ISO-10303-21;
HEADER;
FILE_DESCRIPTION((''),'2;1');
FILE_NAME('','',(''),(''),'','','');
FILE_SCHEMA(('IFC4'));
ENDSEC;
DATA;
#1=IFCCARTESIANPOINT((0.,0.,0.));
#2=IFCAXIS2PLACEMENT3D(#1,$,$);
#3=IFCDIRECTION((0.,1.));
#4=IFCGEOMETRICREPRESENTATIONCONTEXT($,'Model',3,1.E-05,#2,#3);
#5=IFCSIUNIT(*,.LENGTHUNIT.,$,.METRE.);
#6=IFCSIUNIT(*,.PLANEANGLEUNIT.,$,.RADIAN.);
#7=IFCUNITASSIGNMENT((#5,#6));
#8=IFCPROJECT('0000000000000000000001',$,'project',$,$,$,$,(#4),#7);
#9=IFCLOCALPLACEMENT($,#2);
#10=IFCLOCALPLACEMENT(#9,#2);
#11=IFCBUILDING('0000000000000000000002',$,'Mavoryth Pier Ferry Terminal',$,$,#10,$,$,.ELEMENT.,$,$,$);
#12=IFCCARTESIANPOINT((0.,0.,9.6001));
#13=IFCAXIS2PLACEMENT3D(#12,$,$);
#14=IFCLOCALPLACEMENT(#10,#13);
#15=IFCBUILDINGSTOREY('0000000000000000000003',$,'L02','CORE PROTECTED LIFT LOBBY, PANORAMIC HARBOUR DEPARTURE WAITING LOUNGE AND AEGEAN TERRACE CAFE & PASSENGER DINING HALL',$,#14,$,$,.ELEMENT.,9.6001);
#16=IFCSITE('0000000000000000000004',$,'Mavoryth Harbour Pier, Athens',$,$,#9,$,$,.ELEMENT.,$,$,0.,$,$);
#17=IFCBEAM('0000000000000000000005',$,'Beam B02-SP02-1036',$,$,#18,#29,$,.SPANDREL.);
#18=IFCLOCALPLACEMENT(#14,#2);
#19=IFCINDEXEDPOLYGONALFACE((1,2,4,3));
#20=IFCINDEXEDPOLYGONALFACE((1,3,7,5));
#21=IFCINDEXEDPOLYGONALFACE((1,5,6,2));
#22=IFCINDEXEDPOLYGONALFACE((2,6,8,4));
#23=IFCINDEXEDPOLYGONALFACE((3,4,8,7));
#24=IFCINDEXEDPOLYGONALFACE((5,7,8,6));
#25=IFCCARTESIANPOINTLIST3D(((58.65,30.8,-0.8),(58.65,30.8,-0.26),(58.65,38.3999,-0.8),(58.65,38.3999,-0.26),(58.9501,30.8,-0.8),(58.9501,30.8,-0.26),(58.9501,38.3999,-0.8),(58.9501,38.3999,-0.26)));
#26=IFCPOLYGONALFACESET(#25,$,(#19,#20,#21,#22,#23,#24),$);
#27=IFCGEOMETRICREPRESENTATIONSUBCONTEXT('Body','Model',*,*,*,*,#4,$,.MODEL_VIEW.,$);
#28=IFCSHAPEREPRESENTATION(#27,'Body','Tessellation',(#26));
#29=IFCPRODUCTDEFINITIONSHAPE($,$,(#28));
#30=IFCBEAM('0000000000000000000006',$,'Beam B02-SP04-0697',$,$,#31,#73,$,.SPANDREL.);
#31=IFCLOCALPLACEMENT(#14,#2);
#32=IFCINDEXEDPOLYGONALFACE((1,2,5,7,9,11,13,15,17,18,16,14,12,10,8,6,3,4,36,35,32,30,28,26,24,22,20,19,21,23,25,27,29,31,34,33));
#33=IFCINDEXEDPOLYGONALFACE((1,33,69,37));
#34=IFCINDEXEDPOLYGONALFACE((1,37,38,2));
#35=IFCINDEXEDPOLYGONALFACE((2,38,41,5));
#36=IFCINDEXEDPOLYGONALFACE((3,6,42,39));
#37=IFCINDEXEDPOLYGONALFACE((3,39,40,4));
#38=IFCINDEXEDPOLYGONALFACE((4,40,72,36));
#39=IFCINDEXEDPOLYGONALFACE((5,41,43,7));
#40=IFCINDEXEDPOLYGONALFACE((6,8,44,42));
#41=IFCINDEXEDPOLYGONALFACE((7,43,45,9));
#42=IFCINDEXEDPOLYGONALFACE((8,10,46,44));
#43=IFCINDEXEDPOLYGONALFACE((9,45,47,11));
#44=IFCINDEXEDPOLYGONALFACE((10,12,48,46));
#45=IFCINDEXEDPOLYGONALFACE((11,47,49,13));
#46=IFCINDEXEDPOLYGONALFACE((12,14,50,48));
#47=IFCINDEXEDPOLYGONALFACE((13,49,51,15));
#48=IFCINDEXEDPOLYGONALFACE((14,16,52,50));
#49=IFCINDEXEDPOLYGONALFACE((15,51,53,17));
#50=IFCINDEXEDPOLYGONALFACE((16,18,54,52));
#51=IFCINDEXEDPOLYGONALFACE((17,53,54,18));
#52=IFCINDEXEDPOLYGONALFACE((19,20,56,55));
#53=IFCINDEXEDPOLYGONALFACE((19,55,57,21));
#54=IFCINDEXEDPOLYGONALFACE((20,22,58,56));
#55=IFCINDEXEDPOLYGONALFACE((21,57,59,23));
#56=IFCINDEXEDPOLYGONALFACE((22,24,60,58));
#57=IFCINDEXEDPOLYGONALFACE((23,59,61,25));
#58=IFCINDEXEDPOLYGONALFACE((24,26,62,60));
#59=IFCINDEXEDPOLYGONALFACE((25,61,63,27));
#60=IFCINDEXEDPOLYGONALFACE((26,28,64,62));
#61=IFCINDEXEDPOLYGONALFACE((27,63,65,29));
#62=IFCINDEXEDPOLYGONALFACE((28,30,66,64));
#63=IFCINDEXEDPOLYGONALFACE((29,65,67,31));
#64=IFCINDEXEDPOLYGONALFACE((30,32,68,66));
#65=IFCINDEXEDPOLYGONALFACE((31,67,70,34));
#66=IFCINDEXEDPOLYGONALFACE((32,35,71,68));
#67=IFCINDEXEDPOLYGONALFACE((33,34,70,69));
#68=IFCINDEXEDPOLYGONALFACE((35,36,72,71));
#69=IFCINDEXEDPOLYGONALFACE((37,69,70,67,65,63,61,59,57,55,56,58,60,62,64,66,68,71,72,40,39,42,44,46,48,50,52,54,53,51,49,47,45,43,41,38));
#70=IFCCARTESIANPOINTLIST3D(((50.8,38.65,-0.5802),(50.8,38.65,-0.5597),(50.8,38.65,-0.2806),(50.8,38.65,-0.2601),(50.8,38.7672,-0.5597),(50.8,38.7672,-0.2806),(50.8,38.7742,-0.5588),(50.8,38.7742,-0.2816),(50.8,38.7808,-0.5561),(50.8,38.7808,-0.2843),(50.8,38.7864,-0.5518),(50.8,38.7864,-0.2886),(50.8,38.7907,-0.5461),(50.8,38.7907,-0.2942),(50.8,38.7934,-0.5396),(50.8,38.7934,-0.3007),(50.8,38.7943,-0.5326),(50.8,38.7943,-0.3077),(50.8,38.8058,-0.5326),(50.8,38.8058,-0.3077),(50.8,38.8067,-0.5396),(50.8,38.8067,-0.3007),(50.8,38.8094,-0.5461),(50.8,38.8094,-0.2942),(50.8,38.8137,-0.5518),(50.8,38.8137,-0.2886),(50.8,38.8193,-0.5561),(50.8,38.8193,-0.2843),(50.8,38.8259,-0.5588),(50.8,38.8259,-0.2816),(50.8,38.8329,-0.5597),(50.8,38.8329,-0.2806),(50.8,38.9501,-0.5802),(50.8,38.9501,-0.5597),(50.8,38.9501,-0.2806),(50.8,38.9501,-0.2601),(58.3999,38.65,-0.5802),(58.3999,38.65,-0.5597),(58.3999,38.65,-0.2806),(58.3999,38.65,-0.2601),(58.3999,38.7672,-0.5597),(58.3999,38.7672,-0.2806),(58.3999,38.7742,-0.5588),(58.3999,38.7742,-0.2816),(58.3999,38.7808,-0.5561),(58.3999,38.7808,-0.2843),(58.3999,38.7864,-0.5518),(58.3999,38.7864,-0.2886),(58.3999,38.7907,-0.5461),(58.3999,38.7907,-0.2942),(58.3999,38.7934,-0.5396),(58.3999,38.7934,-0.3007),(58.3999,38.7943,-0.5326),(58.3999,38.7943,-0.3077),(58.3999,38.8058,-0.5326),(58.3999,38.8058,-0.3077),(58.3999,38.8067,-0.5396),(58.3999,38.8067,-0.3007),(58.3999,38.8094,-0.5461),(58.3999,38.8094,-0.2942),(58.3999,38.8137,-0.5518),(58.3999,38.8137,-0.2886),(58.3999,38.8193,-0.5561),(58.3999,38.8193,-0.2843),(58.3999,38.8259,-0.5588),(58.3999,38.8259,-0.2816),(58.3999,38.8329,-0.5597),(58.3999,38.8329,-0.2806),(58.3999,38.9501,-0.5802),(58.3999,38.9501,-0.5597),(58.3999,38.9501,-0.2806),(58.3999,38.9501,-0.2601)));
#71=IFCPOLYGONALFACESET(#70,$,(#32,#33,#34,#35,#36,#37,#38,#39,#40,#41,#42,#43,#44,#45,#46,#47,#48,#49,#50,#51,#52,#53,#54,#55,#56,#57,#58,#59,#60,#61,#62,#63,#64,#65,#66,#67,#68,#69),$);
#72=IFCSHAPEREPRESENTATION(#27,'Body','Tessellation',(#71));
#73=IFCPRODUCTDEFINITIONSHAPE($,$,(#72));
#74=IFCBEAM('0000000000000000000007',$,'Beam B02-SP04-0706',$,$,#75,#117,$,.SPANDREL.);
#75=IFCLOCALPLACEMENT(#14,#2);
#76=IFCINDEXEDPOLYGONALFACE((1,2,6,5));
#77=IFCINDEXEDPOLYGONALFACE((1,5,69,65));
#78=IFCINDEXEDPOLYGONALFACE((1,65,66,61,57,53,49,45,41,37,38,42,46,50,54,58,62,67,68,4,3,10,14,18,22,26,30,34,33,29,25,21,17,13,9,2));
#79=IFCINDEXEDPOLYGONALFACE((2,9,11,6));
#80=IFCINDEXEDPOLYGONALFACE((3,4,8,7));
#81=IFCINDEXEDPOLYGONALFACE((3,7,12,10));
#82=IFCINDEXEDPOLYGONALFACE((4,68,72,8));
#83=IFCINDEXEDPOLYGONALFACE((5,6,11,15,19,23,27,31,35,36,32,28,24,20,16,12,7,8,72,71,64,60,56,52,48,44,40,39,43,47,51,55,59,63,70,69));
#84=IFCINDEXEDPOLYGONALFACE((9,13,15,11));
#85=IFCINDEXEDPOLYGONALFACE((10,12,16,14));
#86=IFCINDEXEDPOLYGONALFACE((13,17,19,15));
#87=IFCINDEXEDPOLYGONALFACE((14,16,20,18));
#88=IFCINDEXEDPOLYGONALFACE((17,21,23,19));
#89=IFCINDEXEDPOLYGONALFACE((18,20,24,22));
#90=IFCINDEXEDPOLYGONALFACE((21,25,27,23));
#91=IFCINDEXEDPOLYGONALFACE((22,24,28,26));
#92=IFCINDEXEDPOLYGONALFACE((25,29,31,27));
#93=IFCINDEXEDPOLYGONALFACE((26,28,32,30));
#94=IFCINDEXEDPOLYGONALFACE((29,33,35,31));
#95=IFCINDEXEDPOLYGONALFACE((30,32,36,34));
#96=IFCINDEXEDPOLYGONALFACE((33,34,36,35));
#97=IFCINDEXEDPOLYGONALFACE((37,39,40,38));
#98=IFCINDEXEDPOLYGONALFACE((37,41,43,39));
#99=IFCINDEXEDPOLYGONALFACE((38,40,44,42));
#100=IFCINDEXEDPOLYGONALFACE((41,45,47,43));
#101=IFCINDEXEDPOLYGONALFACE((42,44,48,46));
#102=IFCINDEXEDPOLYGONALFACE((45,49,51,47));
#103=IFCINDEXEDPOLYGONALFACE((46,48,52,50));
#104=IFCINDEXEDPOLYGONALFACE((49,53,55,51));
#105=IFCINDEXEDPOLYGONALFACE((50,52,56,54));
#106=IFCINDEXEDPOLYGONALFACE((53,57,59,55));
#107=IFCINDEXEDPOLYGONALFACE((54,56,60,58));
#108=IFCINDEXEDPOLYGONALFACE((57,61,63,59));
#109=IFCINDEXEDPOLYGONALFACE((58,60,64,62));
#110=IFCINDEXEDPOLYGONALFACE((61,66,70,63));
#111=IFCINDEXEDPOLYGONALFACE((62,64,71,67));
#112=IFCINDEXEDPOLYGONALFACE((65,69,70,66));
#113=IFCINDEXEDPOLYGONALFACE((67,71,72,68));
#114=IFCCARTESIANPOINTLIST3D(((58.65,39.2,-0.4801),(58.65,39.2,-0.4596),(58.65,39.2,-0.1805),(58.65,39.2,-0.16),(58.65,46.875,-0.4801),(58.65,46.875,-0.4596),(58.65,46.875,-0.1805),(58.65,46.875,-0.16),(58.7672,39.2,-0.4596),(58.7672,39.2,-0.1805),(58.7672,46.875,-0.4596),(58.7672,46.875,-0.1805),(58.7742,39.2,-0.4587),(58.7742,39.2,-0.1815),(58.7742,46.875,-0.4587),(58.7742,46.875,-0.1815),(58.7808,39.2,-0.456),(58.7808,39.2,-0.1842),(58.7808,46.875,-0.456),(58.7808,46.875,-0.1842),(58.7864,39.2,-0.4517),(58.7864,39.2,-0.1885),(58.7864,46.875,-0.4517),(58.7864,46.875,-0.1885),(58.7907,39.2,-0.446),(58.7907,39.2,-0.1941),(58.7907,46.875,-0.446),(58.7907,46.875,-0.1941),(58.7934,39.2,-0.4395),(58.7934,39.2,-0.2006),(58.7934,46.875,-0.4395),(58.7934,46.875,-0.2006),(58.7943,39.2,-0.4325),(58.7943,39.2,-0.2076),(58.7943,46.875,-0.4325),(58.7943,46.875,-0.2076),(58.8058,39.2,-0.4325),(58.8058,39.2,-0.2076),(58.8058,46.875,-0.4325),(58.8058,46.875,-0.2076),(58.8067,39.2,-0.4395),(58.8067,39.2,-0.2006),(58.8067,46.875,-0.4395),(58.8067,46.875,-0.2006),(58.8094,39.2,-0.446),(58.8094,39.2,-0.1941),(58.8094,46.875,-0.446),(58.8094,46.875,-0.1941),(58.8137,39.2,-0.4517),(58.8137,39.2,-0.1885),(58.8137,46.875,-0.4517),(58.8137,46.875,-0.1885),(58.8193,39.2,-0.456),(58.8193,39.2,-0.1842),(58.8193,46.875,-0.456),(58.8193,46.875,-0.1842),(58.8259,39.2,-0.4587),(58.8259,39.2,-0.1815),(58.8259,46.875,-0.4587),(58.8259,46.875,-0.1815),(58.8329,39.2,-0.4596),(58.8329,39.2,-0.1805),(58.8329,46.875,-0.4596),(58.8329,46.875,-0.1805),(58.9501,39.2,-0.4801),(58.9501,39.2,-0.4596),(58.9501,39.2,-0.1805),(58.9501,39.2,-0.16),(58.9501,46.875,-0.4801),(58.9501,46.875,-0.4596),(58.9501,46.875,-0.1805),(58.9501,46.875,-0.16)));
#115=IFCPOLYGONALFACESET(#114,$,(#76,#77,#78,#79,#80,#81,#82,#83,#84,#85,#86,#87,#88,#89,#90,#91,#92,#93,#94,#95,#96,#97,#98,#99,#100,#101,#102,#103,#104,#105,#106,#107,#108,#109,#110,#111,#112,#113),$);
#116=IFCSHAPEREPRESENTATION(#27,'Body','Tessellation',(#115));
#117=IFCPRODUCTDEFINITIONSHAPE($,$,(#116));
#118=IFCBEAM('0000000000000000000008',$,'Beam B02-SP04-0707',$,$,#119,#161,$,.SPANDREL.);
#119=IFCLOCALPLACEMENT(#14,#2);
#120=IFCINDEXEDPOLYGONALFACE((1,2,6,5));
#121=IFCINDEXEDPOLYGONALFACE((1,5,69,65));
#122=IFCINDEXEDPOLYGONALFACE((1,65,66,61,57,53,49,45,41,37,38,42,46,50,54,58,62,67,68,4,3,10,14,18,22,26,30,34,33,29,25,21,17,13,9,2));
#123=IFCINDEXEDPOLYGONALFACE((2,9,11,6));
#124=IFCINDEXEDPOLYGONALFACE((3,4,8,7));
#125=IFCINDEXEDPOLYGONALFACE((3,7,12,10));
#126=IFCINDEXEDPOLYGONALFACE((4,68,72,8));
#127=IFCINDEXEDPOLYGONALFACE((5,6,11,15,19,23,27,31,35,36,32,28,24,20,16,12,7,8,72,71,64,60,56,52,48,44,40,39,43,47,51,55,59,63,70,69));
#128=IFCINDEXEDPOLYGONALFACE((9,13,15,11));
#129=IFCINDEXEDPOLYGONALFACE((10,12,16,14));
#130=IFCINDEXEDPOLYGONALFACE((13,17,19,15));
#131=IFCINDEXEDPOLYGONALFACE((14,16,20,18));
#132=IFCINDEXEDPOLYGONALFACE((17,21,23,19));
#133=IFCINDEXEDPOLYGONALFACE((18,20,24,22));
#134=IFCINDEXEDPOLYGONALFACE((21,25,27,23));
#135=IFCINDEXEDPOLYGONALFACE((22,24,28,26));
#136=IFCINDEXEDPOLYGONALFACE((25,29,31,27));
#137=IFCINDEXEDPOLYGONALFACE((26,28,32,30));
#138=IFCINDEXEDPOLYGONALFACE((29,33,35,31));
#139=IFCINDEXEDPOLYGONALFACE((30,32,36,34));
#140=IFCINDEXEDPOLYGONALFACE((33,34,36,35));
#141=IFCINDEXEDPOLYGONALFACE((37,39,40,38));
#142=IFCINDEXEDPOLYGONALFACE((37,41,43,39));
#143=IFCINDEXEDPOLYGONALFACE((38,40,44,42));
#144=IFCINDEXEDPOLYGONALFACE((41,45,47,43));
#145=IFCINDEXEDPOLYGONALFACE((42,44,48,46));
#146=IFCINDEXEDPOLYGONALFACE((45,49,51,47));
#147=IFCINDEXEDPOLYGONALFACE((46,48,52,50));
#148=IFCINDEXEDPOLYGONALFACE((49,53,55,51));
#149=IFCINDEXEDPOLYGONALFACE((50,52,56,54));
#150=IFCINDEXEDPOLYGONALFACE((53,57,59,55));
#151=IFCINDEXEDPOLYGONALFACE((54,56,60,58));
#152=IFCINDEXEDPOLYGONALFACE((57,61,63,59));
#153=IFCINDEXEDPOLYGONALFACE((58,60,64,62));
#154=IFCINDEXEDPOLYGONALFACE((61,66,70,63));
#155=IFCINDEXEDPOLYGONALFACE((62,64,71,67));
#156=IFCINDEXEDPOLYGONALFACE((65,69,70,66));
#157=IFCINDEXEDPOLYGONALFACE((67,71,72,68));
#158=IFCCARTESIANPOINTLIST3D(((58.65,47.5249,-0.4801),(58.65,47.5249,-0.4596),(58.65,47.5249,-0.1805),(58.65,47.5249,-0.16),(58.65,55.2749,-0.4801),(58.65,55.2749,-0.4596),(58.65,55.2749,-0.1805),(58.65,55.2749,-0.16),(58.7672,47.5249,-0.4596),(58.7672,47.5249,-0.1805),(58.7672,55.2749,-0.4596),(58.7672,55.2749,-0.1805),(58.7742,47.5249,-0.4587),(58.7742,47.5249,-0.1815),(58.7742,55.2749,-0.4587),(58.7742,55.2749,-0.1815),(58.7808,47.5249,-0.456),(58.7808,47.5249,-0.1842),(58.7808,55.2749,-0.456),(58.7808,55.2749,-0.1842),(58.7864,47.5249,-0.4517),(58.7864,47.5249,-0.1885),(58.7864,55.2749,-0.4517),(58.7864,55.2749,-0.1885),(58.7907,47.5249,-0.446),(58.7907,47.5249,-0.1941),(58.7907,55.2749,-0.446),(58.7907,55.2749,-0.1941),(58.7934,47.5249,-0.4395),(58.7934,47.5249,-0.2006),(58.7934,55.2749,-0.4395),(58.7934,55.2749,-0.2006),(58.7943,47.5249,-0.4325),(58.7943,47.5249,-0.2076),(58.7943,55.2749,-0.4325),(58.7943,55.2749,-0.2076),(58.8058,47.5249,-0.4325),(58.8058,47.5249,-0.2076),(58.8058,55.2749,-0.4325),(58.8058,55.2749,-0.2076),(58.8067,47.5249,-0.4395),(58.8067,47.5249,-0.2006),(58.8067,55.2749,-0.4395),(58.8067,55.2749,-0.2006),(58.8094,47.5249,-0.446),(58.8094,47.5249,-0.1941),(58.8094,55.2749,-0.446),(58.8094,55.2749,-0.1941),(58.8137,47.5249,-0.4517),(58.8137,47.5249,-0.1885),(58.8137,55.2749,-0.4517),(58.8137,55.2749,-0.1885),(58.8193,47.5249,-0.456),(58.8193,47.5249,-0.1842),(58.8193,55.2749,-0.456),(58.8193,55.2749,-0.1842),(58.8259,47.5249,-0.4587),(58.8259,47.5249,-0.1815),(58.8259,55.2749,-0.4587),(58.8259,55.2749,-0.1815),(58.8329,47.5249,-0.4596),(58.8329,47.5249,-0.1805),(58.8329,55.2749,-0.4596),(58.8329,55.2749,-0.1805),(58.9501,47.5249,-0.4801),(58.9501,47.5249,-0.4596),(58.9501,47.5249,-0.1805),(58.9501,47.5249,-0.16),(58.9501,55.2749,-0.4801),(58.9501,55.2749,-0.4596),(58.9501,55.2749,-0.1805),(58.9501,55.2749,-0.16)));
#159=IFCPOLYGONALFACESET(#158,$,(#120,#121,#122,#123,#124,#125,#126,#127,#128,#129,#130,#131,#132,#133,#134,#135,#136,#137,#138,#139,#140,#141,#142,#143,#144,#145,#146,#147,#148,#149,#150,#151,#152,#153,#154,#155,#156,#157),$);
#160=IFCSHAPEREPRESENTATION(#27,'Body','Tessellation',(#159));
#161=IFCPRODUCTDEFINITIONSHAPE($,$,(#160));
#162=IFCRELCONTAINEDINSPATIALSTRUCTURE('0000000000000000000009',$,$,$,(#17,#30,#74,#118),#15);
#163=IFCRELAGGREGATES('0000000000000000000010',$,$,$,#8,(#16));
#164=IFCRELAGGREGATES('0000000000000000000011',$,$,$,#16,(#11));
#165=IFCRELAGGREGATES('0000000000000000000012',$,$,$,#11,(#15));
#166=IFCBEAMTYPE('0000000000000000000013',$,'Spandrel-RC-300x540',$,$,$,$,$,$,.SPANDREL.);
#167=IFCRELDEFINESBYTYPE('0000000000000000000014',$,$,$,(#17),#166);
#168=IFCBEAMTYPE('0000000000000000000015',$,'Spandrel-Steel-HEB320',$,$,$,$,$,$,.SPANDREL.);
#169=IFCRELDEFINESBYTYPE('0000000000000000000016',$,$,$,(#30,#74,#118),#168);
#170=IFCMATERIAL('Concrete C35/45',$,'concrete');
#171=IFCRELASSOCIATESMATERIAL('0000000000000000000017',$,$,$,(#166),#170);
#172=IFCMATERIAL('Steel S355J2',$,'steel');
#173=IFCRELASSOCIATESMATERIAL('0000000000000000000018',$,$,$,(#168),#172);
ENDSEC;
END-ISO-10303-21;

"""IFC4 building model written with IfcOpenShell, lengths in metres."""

from ifc_helpers import new_model, si_unit, direction, frame, origin, origin_2d, place, context, subcontext, project, spatial, rectangle, i_section, extrude, material, material_profile, profile_set, type_object, element, save


model = new_model("IFC4")

# Units and contexts
model_context = context("Model", 3, precision=1e-05, world=origin(), true_north=direction((0.0, 1.0)))
body_context = subcontext(model_context, "Body", "Model", "MODEL_VIEW")
ifc_project = project(units=[si_unit("LENGTHUNIT", "METRE"), si_unit("PLANEANGLEUNIT", "RADIAN")], contexts=[model_context])

# Site, building, storey
site_placement = place(None, origin())
site = spatial("IfcSite", under=ifc_project, at=site_placement, Name="Mavoryth Harbour Pier, Athens", CompositionType="ELEMENT", RefElevation=0.0)
building_placement = place(site_placement, origin())
building = spatial("IfcBuilding", under=site, at=building_placement, Name="Mavoryth Pier Ferry Terminal", CompositionType="ELEMENT")
storey_placement = place(building_placement, frame((0.0, 0.0, 9.6001)))
storey = spatial("IfcBuildingStorey", under=building, at=storey_placement, Name="L02", Description="CORE PROTECTED LIFT LOBBY, PANORAMIC HARBOUR DEPARTURE WAITING LOUNGE AND AEGEAN TERRACE CAFE & PASSENGER DINING HALL", CompositionType="ELEMENT", Elevation=9.6001)

# Beams
ifc_material_1 = material(Name="Steel S355J2", Category="steel")
ifc_material_2 = material(Name="Concrete C35/45", Category="concrete")
ifc_material_profile_1 = material_profile(ifc_material_2, rectangle(XDim=0.3, YDim=0.54, at=origin_2d()), Name="RC 300x540", Category="concrete")
ifc_profile_set_1 = profile_set([ifc_material_profile_1], Name="Concrete C35/45 - RC 300x540")
beam_type_1 = type_object("IfcBeamType", Name="Spandrel-RC-300x540", PredefinedType="SPANDREL", material=ifc_profile_set_1)
beam_1_placement = place(storey_placement, frame((58.8, 30.8, -0.53), z_axis=(0.0, 1.0, 0.0), x_axis=(-1.0, 0.0, 0.0)))
element("IfcBeam", 1, at=beam_1_placement, inside=storey, type_object=beam_type_1, Name="Beam B02-SP02-1036", PredefinedType="SPANDREL", context=body_context, shape_type="SweptSolid", body=[
    extrude(rectangle(XDim=0.3, YDim=0.54, at=origin_2d()), origin(), (0.0, 0.0, 1.0), 7.5999),
])
ifc_material_profile_2 = material_profile(ifc_material_1, i_section(OverallWidth=0.3, OverallDepth=0.3201, WebThickness=0.0115, FlangeThickness=0.0205, FilletRadius=0.0271, at=origin_2d()), Name="HEB 320", Category="steel")
ifc_profile_set_2 = profile_set([ifc_material_profile_2], Name="Steel S355J2 - HEB 320")
beam_type_2 = type_object("IfcBeamType", Name="Spandrel-Steel-HEB320", PredefinedType="SPANDREL", material=ifc_profile_set_2)
beam_2_placement = place(storey_placement, frame((50.8, 38.8, -0.4202), z_axis=(1.0, 0.0, 0.0), x_axis=(0.0, 1.0, 0.0)))
element("IfcBeam", 2, at=beam_2_placement, inside=storey, type_object=beam_type_2, Name="Beam B02-SP04-0697", PredefinedType="SPANDREL", context=body_context, shape_type="SweptSolid", body=[
    extrude(i_section(OverallWidth=0.3, OverallDepth=0.3201, WebThickness=0.0115, FlangeThickness=0.0205, FilletRadius=0.0271, at=origin_2d()), origin(), (0.0, 0.0, 1.0), 7.5999),
])
beam_3_placement = place(storey_placement, frame((58.8, 39.2, -0.3201), z_axis=(0.0, 1.0, 0.0), x_axis=(-1.0, 0.0, 0.0)))
element("IfcBeam", 3, at=beam_3_placement, inside=storey, type_object=beam_type_2, Name="Beam B02-SP04-0706", PredefinedType="SPANDREL", context=body_context, shape_type="SweptSolid", body=[
    extrude(i_section(OverallWidth=0.3, OverallDepth=0.3201, WebThickness=0.0115, FlangeThickness=0.0205, FilletRadius=0.0271, at=origin_2d()), origin(), (0.0, 0.0, 1.0), 7.675),
])
beam_4_placement = place(storey_placement, frame((58.8, 47.5249, -0.3201), z_axis=(0.0, 1.0, 0.0), x_axis=(-1.0, 0.0, 0.0)))
element("IfcBeam", 4, at=beam_4_placement, inside=storey, type_object=beam_type_2, Name="Beam B02-SP04-0707", PredefinedType="SPANDREL", context=body_context, shape_type="SweptSolid", body=[
    extrude(i_section(OverallWidth=0.3, OverallDepth=0.3201, WebThickness=0.0115, FlangeThickness=0.0205, FilletRadius=0.0271, at=origin_2d()), origin(), (0.0, 0.0, 1.0), 7.75),
])

save(model, "model.ifc")
